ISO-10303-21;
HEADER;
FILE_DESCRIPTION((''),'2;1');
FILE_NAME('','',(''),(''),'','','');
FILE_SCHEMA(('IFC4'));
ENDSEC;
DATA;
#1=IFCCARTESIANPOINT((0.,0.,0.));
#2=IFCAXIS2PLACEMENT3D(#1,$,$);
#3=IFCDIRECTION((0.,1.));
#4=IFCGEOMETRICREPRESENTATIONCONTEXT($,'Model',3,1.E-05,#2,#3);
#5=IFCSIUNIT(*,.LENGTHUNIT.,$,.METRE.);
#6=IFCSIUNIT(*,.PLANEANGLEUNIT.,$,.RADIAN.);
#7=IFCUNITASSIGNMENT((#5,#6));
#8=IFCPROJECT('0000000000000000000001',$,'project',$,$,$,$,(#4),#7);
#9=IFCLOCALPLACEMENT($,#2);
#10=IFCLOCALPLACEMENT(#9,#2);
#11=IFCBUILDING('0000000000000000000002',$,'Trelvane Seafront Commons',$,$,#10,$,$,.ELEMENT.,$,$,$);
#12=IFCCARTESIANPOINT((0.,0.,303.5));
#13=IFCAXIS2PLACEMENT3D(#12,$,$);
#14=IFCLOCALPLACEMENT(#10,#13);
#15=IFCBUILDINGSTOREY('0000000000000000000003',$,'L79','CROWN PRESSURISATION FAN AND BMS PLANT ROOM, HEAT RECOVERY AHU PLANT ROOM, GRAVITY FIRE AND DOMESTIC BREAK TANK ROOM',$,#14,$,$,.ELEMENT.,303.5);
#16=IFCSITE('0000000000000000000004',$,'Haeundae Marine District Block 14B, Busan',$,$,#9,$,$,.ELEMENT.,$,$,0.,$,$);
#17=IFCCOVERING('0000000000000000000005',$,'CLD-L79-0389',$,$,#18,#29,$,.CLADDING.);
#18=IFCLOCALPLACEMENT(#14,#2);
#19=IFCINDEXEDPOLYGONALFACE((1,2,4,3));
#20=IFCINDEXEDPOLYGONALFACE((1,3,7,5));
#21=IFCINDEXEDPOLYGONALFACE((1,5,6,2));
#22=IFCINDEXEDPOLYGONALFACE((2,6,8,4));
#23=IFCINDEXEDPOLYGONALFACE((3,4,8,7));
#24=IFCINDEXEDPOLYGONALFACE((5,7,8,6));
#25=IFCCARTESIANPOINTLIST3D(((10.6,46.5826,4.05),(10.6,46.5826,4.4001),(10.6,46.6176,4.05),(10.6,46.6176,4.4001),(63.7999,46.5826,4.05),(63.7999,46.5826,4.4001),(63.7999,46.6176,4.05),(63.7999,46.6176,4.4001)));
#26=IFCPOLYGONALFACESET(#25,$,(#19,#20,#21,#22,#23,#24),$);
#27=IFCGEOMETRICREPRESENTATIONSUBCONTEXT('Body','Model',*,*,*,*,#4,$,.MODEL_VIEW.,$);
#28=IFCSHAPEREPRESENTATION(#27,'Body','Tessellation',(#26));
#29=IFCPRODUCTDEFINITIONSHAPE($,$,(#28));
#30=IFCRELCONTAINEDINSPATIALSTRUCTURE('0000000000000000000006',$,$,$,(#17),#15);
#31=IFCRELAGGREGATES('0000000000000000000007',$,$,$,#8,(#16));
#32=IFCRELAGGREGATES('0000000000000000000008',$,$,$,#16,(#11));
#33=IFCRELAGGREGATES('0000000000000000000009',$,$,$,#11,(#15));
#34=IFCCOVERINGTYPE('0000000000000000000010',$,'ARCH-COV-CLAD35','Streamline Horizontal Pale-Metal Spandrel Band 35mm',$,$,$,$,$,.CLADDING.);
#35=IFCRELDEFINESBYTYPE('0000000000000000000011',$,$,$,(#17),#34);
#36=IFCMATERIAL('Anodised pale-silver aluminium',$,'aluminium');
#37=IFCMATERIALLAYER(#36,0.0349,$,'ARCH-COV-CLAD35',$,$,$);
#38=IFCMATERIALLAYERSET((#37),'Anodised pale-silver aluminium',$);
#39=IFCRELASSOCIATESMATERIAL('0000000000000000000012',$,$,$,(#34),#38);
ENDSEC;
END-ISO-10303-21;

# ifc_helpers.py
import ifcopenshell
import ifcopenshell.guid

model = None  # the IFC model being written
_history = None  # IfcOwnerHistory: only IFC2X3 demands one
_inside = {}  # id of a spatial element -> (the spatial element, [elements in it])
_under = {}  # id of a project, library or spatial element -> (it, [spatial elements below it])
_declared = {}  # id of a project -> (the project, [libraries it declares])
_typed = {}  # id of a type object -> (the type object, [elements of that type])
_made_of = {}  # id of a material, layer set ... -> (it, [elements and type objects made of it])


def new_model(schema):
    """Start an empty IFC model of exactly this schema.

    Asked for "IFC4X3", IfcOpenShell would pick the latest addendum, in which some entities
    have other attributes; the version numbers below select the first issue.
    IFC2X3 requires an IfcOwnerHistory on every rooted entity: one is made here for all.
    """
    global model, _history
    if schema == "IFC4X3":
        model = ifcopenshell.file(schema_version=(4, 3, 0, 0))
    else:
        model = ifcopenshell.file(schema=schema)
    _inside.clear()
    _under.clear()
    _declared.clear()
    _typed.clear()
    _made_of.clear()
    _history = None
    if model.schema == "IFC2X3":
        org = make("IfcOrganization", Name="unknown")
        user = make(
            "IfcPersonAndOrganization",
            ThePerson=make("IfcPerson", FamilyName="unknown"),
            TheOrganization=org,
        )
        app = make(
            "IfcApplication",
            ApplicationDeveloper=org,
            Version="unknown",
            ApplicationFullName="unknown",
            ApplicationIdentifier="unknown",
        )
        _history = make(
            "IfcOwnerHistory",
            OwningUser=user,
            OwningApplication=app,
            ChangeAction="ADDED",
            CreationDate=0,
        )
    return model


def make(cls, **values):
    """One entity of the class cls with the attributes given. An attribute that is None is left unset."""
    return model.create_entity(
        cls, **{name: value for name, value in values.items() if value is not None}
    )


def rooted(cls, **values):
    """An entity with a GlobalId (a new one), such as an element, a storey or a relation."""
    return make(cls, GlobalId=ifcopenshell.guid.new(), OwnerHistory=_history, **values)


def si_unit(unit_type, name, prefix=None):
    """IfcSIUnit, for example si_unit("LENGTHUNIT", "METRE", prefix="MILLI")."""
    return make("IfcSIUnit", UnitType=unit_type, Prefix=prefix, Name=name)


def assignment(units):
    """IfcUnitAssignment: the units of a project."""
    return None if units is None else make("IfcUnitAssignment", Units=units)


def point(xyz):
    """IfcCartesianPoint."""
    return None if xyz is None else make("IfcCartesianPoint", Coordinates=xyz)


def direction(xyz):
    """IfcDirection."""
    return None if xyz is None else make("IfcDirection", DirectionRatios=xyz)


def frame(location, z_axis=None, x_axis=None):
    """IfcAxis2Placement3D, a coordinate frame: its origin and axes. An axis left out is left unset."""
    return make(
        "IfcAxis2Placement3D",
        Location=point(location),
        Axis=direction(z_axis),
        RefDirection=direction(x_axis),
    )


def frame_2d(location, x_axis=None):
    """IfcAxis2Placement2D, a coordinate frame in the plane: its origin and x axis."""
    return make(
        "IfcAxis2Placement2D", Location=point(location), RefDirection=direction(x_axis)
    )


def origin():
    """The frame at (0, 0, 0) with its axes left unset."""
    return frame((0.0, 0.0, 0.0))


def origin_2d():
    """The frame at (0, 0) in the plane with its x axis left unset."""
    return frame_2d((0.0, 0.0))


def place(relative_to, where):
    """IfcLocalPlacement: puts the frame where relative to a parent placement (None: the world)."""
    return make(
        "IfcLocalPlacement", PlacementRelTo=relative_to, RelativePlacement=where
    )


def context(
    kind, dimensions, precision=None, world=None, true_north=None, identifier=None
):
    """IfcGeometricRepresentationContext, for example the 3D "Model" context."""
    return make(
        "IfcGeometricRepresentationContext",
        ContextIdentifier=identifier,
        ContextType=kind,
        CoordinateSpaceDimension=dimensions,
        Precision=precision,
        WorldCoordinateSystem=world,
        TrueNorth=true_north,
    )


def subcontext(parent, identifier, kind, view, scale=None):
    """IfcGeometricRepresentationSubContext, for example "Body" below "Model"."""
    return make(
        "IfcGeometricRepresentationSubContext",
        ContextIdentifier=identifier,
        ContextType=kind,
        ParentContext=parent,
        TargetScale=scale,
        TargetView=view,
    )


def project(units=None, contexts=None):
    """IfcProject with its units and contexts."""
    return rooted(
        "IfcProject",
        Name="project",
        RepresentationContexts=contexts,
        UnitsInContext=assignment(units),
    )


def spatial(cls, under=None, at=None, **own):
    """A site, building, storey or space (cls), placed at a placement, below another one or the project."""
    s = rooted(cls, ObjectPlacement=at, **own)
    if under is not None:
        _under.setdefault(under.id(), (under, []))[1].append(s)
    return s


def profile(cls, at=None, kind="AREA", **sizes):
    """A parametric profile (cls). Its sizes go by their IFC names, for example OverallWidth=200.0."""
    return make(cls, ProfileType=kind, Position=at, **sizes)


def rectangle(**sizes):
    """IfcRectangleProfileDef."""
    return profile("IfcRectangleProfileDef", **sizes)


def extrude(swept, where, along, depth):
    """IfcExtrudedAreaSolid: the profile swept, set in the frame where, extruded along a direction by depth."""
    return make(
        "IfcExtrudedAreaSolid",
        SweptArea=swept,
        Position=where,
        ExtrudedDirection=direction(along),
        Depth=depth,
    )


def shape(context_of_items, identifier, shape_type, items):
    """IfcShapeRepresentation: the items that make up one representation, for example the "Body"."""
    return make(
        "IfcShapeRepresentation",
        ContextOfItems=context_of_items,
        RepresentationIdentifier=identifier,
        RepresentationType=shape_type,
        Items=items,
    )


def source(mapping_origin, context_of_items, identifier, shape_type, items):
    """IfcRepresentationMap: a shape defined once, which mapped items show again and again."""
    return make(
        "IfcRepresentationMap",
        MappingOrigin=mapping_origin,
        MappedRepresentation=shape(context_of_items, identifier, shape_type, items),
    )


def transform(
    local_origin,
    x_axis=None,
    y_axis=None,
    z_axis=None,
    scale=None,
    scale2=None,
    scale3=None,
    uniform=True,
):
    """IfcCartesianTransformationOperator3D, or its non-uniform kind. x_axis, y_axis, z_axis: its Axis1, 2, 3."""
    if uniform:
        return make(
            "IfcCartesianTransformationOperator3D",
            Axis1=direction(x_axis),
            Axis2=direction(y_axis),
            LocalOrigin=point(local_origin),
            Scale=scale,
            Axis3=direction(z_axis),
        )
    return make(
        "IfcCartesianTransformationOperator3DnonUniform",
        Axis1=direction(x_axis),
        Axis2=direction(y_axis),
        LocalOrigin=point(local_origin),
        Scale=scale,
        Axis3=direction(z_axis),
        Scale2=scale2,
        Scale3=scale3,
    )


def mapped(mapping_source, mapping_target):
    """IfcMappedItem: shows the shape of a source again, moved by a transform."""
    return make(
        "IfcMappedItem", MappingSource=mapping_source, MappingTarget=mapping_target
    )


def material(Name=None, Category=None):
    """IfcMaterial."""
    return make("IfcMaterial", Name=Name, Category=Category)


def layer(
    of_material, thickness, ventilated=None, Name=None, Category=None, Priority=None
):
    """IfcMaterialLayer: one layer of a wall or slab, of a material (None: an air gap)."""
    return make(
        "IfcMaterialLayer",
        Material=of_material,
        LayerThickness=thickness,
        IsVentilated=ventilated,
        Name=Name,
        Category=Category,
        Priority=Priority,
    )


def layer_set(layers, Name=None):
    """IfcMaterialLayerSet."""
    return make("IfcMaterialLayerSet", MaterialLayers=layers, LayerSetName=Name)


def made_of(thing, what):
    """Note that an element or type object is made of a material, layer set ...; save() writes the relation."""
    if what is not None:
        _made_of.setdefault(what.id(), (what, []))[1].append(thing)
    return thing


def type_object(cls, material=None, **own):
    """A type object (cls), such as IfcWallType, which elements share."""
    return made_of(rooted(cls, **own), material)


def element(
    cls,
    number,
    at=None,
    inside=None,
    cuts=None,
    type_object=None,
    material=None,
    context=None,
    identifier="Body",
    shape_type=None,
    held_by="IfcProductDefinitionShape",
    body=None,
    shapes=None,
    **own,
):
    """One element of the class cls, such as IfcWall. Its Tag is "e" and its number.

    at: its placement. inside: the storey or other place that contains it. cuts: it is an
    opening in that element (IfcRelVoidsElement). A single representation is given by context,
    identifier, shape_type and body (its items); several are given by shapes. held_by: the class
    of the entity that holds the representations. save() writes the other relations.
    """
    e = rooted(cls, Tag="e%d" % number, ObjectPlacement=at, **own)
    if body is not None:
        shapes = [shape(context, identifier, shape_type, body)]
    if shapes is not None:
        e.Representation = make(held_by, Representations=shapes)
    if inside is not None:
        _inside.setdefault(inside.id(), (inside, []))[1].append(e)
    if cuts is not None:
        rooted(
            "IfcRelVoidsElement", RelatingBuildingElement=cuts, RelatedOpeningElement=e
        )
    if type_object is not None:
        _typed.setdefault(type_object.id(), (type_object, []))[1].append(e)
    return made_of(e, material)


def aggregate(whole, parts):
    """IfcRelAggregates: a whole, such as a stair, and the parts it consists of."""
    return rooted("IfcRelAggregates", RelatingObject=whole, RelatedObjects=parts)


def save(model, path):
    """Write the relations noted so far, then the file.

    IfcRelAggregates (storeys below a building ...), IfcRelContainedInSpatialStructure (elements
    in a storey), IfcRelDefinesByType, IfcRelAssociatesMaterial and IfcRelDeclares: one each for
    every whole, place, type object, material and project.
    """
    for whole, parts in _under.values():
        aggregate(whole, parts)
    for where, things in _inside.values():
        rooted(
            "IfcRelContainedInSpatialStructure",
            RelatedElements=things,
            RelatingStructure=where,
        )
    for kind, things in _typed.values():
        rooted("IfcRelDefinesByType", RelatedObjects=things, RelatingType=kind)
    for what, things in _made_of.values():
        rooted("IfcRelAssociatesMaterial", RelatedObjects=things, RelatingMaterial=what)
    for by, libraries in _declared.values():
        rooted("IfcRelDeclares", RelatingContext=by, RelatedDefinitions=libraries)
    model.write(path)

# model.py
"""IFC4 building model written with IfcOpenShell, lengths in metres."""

from ifc_helpers import new_model, si_unit, direction, frame, origin, origin_2d, place, context, subcontext, project, spatial, rectangle, extrude, source, transform, mapped, material, layer, layer_set, type_object, element, save


model = new_model("IFC4")

# Units and contexts
model_context = context("Model", 3, precision=1e-05, world=origin(), true_north=direction((0.0, 1.0)))
body_context = subcontext(model_context, "Body", "Model", "MODEL_VIEW")
ifc_project = project(units=[si_unit("LENGTHUNIT", "METRE"), si_unit("PLANEANGLEUNIT", "RADIAN")], contexts=[model_context])

# Site, building, storey
site_placement = place(None, origin())
site = spatial("IfcSite", under=ifc_project, at=site_placement, Name="Haeundae Marine District Block 14B, Busan", CompositionType="ELEMENT", RefElevation=0.0)
building_placement = place(site_placement, origin())
building = spatial("IfcBuilding", under=site, at=building_placement, Name="Trelvane Seafront Commons", CompositionType="ELEMENT")
storey_placement = place(building_placement, frame((0.0, 0.0, 303.5)))
storey = spatial("IfcBuildingStorey", under=building, at=storey_placement, Name="L79", Description="CROWN PRESSURISATION FAN AND BMS PLANT ROOM, HEAT RECOVERY AHU PLANT ROOM, GRAVITY FIRE AND DOMESTIC BREAK TANK ROOM", CompositionType="ELEMENT", Elevation=303.5)

# Shared definitions
ifc_material_1 = material(Name="Anodised pale-silver aluminium", Category="aluminium")

# Covering
ifc_layer_1 = layer(ifc_material_1, 0.0349, Name="ARCH-COV-CLAD35")
ifc_layer_set_1 = layer_set([ifc_layer_1], Name="Anodised pale-silver aluminium")
covering_type = type_object("IfcCoveringType", Name="ARCH-COV-CLAD35", Description="Streamline Horizontal Pale-Metal Spandrel Band 35mm", PredefinedType="CLADDING", material=ifc_layer_set_1)
shared_shape_1 = source(origin(), body_context, "Body", "SweptSolid", [
    extrude(rectangle(XDim=53.2, YDim=0.0349, at=origin_2d()), origin(), (0.0, 0.0, 1.0), 0.3501),
])
covering_placement = place(storey_placement, frame((37.2, 46.6001, 4.05), z_axis=(0.0, 0.0, 1.0), x_axis=(1.0, 0.0, 0.0)))
element("IfcCovering", 1, at=covering_placement, inside=storey, type_object=covering_type, Name="CLD-L79-0389", PredefinedType="CLADDING", context=body_context, shape_type="MappedRepresentation", body=[
    mapped(shared_shape_1, transform((0.0, 0.0, 0.0), x_axis=(1.0, 0.0, 0.0), y_axis=(0.0, 1.0, 0.0), z_axis=(0.0, 0.0, 1.0), scale=1.0)),
])

save(model, "model.ifc")
